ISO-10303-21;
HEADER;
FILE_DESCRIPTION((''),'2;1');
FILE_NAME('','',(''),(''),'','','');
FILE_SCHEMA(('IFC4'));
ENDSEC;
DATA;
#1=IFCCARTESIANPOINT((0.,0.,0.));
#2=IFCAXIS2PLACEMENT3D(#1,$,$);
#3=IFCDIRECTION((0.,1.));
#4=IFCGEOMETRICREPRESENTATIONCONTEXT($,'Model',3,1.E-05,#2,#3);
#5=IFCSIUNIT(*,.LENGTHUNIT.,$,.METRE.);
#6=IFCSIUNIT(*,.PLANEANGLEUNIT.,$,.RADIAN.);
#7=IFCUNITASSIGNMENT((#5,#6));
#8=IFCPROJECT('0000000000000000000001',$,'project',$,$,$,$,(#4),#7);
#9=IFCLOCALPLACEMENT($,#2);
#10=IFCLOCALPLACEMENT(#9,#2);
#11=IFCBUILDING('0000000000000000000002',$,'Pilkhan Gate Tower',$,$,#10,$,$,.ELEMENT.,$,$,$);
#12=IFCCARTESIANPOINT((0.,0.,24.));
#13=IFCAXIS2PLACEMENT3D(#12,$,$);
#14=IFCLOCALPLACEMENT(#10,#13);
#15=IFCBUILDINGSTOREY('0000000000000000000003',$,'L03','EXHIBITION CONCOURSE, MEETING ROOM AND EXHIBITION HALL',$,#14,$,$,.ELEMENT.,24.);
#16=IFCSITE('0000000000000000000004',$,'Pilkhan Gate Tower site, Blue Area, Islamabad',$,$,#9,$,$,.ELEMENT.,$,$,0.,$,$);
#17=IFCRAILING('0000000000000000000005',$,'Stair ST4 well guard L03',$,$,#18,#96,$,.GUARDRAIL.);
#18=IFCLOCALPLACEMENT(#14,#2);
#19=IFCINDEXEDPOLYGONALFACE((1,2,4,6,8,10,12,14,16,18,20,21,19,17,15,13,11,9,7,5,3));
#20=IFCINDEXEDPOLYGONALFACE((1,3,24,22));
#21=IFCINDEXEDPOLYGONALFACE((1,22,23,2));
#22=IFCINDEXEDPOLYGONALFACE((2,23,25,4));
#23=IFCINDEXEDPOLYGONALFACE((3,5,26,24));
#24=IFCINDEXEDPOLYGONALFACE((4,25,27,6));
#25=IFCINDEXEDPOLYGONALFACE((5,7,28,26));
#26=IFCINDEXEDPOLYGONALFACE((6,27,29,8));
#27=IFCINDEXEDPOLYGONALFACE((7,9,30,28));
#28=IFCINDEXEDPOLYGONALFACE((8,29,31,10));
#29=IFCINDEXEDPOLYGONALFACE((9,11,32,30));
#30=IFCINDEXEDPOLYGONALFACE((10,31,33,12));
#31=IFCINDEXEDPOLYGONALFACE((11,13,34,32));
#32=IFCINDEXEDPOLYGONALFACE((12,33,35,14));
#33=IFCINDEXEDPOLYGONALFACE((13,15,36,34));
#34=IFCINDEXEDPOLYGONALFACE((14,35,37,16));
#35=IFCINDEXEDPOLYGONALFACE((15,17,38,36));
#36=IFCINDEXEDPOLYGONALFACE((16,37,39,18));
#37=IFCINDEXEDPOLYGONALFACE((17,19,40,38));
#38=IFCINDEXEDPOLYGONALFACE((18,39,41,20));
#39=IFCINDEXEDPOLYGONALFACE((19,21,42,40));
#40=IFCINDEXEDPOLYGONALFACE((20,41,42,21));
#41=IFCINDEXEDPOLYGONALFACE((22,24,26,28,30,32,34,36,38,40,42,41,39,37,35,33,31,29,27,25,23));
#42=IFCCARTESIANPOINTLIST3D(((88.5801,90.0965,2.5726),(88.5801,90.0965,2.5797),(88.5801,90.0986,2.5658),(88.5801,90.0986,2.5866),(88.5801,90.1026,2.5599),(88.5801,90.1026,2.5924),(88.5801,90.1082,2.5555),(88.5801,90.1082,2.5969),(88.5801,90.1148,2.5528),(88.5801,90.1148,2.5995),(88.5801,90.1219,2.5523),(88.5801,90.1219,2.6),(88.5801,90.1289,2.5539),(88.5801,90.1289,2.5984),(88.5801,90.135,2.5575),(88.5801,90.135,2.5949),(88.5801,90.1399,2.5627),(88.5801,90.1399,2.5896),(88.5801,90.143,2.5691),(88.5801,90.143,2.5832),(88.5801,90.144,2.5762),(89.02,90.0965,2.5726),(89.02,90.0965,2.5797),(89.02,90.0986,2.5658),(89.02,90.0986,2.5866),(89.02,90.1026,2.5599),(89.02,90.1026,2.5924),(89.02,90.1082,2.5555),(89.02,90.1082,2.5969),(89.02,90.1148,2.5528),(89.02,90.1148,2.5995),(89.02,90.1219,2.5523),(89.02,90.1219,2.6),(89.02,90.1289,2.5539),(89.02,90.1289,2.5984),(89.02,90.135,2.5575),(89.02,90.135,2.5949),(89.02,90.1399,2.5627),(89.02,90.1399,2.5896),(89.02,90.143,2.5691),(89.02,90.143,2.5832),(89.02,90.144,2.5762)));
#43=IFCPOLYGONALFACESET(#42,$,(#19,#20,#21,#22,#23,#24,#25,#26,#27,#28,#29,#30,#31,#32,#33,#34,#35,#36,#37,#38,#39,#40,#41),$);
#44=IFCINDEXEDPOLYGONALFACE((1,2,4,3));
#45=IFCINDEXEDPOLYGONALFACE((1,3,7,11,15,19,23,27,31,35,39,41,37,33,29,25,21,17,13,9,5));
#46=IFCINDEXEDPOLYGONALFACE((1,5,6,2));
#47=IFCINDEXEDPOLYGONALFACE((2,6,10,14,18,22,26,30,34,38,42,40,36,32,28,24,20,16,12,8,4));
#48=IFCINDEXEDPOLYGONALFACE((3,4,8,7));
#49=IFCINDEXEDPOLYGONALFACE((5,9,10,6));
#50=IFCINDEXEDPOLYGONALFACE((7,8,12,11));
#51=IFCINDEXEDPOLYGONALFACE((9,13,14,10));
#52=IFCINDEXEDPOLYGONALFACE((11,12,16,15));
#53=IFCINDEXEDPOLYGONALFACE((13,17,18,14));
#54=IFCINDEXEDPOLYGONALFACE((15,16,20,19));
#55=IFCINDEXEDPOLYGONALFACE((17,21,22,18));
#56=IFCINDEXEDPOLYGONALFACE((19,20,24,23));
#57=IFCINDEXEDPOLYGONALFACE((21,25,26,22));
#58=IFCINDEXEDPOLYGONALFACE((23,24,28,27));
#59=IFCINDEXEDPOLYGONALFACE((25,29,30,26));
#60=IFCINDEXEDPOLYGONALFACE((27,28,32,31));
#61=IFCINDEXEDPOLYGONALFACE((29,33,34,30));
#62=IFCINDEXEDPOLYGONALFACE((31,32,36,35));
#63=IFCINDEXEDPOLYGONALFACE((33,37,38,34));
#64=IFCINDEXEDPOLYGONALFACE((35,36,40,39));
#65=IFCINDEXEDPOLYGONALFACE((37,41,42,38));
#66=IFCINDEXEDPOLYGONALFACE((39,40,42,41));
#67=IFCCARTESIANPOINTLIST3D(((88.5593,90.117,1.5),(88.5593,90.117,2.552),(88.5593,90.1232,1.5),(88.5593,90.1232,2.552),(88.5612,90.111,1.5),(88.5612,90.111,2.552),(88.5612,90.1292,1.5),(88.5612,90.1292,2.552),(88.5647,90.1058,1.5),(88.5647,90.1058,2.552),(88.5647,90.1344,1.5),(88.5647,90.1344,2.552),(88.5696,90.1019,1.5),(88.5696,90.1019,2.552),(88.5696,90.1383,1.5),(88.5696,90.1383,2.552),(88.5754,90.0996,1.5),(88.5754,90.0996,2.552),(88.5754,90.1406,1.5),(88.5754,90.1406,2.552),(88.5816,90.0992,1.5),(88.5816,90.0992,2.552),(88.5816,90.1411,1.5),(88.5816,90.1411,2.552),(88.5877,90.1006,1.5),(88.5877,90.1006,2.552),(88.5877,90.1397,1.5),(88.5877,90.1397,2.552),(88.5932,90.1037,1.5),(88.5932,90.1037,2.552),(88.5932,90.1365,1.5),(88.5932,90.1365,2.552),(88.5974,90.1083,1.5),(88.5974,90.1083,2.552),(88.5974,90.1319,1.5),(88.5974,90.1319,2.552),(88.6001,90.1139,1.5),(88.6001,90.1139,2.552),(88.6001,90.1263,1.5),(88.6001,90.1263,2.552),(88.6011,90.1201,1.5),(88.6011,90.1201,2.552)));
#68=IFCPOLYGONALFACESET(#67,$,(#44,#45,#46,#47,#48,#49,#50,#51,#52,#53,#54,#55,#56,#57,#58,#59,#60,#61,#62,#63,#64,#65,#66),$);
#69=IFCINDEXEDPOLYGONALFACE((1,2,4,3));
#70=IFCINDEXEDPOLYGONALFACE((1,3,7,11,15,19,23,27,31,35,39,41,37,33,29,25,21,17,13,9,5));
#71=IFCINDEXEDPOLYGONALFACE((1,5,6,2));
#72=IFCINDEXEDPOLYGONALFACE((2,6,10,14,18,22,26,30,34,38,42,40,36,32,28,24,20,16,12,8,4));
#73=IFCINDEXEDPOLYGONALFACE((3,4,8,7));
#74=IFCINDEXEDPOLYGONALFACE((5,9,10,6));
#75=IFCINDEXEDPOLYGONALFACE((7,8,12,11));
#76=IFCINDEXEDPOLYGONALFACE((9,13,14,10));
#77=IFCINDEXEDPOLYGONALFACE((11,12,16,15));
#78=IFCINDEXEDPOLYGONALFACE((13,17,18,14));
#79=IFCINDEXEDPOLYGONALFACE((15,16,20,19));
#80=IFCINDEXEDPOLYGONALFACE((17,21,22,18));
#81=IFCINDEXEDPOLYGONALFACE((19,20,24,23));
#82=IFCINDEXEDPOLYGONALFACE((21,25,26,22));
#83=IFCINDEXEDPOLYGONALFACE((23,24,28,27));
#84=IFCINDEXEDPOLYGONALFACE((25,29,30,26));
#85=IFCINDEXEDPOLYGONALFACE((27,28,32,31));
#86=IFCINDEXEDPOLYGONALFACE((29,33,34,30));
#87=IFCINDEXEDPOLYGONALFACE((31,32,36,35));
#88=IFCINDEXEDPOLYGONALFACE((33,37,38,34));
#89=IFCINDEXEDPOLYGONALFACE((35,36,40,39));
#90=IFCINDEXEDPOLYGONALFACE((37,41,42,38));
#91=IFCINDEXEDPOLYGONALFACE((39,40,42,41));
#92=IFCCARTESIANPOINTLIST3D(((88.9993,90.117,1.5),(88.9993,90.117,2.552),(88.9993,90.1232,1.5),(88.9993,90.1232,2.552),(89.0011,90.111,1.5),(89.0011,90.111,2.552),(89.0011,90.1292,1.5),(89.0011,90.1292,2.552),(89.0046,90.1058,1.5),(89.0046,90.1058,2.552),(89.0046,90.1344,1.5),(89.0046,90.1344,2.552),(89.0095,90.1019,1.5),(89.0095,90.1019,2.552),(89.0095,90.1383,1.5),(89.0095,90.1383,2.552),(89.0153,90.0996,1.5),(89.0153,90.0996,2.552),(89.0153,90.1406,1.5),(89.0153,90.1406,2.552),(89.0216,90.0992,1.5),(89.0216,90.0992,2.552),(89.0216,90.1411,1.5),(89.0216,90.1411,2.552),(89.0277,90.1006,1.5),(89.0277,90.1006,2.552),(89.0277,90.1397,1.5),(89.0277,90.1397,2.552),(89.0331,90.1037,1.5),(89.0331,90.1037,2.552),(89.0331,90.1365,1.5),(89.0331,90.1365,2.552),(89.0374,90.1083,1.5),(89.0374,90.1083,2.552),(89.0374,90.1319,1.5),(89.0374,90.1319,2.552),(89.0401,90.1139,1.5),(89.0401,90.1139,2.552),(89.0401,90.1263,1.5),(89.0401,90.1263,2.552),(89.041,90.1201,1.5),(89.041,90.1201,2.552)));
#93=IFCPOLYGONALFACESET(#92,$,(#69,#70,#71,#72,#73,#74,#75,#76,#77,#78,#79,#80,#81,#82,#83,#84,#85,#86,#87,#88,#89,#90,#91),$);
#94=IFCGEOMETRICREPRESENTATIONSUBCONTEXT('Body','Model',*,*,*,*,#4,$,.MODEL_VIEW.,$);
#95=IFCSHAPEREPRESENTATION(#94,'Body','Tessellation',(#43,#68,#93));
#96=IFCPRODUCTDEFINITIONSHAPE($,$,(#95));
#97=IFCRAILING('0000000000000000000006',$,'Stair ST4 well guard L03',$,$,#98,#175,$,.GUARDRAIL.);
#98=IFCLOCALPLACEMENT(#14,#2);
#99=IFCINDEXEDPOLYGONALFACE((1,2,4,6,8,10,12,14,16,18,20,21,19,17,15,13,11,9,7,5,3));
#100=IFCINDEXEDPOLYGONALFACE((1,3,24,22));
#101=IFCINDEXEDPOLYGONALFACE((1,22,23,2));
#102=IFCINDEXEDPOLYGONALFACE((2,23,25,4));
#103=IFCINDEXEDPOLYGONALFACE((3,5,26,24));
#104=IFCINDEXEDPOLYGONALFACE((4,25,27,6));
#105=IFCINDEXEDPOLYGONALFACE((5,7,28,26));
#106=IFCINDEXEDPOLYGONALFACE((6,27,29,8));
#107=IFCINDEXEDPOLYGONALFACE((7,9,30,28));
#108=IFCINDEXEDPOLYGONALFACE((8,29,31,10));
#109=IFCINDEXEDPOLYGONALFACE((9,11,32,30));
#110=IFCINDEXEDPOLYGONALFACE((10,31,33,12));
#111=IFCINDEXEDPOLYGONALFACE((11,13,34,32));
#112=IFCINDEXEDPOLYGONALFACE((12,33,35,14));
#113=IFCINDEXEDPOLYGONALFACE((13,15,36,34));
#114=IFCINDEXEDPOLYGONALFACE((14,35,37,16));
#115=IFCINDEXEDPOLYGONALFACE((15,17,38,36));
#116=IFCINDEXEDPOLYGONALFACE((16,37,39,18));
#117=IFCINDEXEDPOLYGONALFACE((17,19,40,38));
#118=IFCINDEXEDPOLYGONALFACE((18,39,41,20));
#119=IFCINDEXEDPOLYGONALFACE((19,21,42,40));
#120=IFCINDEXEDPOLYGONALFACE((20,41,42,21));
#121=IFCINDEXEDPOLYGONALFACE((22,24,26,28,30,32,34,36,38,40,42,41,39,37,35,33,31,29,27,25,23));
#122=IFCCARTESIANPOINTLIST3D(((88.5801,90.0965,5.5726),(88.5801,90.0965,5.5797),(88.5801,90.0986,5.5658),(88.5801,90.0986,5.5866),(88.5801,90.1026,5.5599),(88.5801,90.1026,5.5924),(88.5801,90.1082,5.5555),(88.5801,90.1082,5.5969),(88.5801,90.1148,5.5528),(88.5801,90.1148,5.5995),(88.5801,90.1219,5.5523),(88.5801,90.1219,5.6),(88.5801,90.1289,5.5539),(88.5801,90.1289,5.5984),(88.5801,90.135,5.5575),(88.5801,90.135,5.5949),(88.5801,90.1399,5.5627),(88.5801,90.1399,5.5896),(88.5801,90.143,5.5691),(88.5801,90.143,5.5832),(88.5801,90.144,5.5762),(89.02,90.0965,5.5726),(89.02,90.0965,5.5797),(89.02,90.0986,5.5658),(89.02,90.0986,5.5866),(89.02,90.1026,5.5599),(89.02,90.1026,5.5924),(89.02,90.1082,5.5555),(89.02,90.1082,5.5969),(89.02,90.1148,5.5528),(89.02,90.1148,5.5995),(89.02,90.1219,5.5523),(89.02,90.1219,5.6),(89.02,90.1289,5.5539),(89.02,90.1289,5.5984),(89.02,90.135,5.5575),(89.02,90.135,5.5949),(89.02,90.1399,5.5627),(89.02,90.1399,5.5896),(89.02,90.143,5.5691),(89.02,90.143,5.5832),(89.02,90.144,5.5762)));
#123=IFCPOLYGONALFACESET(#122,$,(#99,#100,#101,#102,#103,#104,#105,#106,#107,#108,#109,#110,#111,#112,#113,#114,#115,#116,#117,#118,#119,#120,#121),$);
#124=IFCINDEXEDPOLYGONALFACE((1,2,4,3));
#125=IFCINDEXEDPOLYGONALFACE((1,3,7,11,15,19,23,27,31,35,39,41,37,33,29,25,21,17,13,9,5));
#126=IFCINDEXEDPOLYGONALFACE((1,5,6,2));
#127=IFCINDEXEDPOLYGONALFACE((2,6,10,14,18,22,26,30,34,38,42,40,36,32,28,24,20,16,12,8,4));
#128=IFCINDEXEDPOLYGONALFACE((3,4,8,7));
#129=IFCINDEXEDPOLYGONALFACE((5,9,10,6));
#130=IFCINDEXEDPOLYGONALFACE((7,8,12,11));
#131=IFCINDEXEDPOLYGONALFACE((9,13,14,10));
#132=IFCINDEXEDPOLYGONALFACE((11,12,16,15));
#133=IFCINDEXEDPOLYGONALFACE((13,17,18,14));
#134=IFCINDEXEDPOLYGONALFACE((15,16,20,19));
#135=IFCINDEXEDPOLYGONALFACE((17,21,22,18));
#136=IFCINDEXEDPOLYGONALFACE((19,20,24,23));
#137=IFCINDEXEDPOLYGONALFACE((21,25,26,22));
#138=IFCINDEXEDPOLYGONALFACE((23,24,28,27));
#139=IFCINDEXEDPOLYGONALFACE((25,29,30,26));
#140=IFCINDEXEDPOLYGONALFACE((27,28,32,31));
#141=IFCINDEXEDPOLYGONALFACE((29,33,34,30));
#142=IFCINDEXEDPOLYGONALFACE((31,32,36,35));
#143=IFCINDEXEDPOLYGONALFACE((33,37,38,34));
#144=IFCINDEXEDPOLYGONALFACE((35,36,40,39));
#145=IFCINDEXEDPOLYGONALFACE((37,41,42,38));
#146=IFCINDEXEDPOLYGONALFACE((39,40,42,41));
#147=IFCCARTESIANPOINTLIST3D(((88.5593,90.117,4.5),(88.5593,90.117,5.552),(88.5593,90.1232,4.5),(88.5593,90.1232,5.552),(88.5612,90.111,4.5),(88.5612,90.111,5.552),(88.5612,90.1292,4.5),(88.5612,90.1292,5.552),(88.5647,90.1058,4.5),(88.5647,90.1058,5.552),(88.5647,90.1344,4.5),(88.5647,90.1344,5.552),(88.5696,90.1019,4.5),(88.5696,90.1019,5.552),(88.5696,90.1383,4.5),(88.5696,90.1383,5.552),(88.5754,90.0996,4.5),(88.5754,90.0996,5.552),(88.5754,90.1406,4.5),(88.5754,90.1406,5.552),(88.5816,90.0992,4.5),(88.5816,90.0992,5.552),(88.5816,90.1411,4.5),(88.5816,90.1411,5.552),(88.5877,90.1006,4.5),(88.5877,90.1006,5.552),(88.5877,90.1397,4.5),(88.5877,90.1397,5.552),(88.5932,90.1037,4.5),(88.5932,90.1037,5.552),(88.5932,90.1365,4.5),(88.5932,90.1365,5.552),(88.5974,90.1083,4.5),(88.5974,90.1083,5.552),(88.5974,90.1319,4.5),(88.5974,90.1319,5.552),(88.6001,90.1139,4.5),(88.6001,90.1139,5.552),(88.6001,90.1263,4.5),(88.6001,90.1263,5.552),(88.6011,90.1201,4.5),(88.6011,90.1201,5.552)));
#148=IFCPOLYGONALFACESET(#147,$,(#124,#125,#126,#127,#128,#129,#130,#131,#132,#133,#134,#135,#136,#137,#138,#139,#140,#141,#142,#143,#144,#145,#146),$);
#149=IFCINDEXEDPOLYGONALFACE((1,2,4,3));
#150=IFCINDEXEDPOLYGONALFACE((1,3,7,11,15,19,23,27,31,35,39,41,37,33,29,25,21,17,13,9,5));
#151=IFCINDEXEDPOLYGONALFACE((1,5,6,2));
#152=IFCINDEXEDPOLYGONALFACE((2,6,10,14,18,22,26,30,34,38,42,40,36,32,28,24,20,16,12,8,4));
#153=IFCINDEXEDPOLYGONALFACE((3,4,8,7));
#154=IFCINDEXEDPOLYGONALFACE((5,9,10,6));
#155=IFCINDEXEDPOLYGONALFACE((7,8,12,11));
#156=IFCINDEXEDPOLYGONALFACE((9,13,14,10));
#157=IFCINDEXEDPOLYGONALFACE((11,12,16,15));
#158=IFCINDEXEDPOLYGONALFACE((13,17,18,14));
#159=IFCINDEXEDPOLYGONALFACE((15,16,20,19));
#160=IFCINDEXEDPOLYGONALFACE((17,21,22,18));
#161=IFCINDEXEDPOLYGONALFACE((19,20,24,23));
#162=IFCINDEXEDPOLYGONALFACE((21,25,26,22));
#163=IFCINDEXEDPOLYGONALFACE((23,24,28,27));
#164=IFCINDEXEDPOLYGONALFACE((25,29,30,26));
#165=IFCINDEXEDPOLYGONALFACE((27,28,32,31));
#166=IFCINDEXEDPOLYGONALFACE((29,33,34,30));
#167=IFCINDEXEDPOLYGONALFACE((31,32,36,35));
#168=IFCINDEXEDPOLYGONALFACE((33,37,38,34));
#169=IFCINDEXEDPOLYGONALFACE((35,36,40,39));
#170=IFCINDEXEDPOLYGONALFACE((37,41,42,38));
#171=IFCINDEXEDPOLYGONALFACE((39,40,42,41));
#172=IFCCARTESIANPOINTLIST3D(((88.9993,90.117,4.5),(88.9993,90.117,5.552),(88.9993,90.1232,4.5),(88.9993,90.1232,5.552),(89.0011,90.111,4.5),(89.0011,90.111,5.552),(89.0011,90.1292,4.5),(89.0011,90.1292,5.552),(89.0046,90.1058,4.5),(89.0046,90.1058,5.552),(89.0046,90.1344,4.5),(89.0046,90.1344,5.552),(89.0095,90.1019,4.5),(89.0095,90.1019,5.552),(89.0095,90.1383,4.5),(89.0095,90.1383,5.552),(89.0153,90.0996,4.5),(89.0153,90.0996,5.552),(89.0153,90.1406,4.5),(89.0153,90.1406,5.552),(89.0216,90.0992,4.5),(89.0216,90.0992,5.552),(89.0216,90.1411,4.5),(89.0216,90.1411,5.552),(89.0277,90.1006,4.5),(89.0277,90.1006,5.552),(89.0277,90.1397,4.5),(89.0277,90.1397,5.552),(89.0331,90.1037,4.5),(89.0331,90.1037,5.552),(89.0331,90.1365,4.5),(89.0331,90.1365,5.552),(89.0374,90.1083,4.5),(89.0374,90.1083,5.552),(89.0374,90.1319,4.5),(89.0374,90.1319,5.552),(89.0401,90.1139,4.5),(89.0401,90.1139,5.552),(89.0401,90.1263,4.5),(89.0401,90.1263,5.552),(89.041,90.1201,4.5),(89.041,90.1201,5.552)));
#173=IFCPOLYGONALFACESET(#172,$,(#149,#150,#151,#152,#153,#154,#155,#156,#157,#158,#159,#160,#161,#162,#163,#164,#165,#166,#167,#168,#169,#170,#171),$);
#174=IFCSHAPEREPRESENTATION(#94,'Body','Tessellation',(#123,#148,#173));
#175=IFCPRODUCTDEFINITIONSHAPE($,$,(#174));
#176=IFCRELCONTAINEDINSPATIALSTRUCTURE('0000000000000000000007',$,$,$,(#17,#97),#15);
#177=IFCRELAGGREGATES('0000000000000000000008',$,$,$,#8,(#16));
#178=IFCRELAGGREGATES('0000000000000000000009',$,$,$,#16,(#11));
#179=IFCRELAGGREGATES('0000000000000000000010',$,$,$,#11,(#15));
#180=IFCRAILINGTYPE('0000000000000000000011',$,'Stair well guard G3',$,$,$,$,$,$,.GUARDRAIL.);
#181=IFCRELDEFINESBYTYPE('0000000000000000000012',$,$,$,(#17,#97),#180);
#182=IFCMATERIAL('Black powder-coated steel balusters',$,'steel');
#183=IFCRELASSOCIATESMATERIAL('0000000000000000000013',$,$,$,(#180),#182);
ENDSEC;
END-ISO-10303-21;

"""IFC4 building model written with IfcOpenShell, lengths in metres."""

from ifc_helpers import new_model, si_unit, direction, frame, origin, origin_2d, place, context, subcontext, project, spatial, circle, extrude, material, type_object, element, save


model = new_model("IFC4")

# Units and contexts
model_context = context("Model", 3, precision=1e-05, world=origin(), true_north=direction((0.0, 1.0)))
body_context = subcontext(model_context, "Body", "Model", "MODEL_VIEW")
ifc_project = project(units=[si_unit("LENGTHUNIT", "METRE"), si_unit("PLANEANGLEUNIT", "RADIAN")], contexts=[model_context])

# Site, building, storey
site_placement = place(None, origin())
site = spatial("IfcSite", under=ifc_project, at=site_placement, Name="Pilkhan Gate Tower site, Blue Area, Islamabad", CompositionType="ELEMENT", RefElevation=0.0)
building_placement = place(site_placement, origin())
building = spatial("IfcBuilding", under=site, at=building_placement, Name="Pilkhan Gate Tower", CompositionType="ELEMENT")
storey_placement = place(building_placement, frame((0.0, 0.0, 24.0)))
storey = spatial("IfcBuildingStorey", under=building, at=storey_placement, Name="L03", Description="EXHIBITION CONCOURSE, MEETING ROOM AND EXHIBITION HALL", CompositionType="ELEMENT", Elevation=24.0)

# Railings
ifc_material_1 = material(Name="Black powder-coated steel balusters", Category="steel")
railing_type_1 = type_object("IfcRailingType", Name="Stair well guard G3", PredefinedType="GUARDRAIL", material=ifc_material_1)
for number, where, name in (
    (1, (88.5801, 90.1201, 1.5), "Stair ST4 well guard L03"),
    (2, (88.5801, 90.1201, 4.5), "Stair ST4 well guard L03"),
):
    element("IfcRailing", number, at=place(storey_placement, frame(where)), inside=storey, type_object=railing_type_1, Name=name, PredefinedType="GUARDRAIL", context=body_context, shape_type="SweptSolid", body=[
        extrude(circle(Radius=0.0239, at=origin_2d()), frame((0.0, 0.0, 1.0762), z_axis=(1.0, 0.0, 0.0), x_axis=(0.0, 1.0, 0.0)), (0.0, 0.0, 1.0), 0.4399),
        extrude(circle(Radius=0.021, at=origin_2d()), origin(), (0.0, 0.0, 1.0), 1.052),
        extrude(circle(Radius=0.021, at=origin_2d()), frame((0.4399, 0.0, 0.0)), (0.0, 0.0, 1.0), 1.052),
    ])

save(model, "model.ifc")
